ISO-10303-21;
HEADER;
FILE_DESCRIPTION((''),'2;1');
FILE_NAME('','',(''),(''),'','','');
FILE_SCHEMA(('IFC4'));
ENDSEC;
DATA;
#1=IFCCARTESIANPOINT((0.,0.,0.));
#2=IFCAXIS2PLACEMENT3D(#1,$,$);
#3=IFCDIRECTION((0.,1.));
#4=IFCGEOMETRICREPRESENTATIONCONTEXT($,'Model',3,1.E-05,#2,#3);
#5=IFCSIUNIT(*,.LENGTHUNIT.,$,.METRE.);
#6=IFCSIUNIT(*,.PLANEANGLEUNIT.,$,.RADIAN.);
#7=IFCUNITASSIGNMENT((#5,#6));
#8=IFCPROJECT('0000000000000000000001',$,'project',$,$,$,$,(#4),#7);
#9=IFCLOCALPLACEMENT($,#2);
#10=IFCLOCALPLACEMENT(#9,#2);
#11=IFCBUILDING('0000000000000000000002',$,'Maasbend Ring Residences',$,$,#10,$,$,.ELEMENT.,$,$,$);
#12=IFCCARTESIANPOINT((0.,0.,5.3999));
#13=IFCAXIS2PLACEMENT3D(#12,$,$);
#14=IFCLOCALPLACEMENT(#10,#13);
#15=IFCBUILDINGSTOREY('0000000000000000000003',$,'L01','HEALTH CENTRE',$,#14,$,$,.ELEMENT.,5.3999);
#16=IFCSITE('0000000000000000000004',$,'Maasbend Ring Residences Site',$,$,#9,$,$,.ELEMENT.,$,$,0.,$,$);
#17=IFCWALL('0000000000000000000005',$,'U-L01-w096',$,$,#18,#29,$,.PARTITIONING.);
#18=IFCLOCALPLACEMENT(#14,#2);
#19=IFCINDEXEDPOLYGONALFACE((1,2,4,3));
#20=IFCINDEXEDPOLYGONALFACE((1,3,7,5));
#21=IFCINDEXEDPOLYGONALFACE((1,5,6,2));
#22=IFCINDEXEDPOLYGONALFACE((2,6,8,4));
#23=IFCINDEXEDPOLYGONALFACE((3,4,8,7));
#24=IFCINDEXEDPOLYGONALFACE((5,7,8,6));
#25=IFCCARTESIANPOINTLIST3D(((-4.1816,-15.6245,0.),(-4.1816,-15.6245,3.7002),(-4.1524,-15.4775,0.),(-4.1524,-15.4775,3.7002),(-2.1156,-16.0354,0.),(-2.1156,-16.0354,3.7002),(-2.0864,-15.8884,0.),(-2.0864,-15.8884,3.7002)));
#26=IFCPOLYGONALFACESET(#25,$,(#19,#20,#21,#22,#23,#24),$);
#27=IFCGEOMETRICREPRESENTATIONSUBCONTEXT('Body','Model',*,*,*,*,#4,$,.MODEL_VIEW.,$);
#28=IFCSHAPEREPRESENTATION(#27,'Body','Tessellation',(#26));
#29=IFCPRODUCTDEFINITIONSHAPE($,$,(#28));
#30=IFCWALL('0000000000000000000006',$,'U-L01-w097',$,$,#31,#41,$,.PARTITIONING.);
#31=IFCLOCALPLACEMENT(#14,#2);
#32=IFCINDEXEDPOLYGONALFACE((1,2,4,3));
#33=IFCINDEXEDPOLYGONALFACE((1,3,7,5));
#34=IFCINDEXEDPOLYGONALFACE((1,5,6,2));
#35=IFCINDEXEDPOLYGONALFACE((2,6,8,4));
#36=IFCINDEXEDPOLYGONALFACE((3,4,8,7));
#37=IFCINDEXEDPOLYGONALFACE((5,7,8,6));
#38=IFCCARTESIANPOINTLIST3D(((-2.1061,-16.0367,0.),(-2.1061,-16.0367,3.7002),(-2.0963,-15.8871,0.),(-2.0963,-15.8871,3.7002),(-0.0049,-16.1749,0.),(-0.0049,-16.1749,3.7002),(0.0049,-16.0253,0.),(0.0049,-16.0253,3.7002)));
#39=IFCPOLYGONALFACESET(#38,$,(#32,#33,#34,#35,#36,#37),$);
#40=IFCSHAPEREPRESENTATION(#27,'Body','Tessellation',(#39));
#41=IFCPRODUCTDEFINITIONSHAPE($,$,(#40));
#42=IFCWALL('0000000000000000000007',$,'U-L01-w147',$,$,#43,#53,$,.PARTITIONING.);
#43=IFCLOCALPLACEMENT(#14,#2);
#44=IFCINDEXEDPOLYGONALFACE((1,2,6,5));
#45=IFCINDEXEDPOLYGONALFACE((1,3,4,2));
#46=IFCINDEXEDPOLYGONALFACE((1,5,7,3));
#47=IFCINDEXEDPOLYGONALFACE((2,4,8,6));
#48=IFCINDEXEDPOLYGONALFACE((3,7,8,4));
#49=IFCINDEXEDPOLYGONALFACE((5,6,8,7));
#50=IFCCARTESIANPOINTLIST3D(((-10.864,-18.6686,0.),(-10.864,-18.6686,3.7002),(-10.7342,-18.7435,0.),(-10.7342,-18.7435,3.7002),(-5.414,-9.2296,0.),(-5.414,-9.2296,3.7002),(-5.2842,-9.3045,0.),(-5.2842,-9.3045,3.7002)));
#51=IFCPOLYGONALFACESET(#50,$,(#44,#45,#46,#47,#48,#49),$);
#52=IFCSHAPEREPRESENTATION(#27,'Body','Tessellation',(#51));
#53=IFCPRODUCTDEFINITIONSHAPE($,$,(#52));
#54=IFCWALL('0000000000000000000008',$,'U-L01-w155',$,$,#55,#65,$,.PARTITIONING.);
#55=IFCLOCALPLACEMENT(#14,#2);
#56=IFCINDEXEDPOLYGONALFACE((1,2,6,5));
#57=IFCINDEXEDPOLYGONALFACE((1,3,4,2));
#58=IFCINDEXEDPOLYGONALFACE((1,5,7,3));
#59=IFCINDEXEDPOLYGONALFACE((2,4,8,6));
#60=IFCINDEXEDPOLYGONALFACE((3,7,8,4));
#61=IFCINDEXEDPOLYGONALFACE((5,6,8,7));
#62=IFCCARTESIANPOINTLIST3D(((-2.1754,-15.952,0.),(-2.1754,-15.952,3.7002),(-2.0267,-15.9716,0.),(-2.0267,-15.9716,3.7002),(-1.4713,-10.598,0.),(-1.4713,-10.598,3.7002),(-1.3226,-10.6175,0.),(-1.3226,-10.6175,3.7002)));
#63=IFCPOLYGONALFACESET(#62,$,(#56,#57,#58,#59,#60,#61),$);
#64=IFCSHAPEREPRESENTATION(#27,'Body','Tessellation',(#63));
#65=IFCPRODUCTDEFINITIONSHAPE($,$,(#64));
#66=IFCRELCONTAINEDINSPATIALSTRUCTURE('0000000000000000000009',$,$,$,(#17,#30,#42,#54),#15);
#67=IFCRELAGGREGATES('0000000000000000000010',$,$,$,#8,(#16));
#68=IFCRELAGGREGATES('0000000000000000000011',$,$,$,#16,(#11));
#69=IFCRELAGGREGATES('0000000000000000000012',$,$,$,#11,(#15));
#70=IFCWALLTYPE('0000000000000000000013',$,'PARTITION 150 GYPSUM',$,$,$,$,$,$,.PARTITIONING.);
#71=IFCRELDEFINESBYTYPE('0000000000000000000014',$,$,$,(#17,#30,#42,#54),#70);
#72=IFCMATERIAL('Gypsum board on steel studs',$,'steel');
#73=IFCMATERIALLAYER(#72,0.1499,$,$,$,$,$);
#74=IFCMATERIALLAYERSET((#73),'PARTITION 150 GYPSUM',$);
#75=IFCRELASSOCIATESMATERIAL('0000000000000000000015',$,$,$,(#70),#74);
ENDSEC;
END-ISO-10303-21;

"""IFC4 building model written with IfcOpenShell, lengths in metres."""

from ifc_helpers import new_model, si_unit, direction, frame, frame_2d, origin, place, context, subcontext, project, spatial, rectangle, extrude, material, layer, layer_set, type_object, element, save


model = new_model("IFC4")

# Units and contexts
model_context = context("Model", 3, precision=1e-05, world=origin(), true_north=direction((0.0, 1.0)))
body_context = subcontext(model_context, "Body", "Model", "MODEL_VIEW")
ifc_project = project(units=[si_unit("LENGTHUNIT", "METRE"), si_unit("PLANEANGLEUNIT", "RADIAN")], contexts=[model_context])

# Site, building, storey
site_placement = place(None, origin())
site = spatial("IfcSite", under=ifc_project, at=site_placement, Name="Maasbend Ring Residences Site", CompositionType="ELEMENT", RefElevation=0.0)
building_placement = place(site_placement, origin())
building = spatial("IfcBuilding", under=site, at=building_placement, Name="Maasbend Ring Residences", CompositionType="ELEMENT")
storey_placement = place(building_placement, frame((0.0, 0.0, 5.3999)))
storey = spatial("IfcBuildingStorey", under=building, at=storey_placement, Name="L01", Description="HEALTH CENTRE", CompositionType="ELEMENT", Elevation=5.3999)

# Walls
ifc_material_1 = material(Name="Gypsum board on steel studs", Category="steel")
ifc_layer_1 = layer(ifc_material_1, 0.1499)
ifc_layer_set_1 = layer_set([ifc_layer_1], Name="PARTITION 150 GYPSUM")
wall_type_1 = type_object("IfcWallType", Name="PARTITION 150 GYPSUM", PredefinedType="PARTITIONING", material=ifc_layer_set_1)
wall_1_placement = place(storey_placement, frame((-4.167, -15.551, 0.0), z_axis=(0.0, 0.0, 1.0), x_axis=(0.98079, -0.195068, 0.0)))
element("IfcWall", 1, at=wall_1_placement, inside=storey, type_object=wall_type_1, Name="U-L01-w096", PredefinedType="PARTITIONING", context=body_context, shape_type="SweptSolid", body=[
    extrude(rectangle(XDim=2.1064, YDim=0.1499, at=frame_2d((1.0532, 0.0))), origin(), (0.0, 0.0, 1.0), 3.7002),
])
wall_2_placement = place(storey_placement, frame((-2.1011, -15.9619, 0.0), z_axis=(0.0, 0.0, 1.0), x_axis=(0.997844, -0.065626, 0.0)))
element("IfcWall", 2, at=wall_2_placement, inside=storey, type_object=wall_type_1, Name="U-L01-w097", PredefinedType="PARTITIONING", context=body_context, shape_type="SweptSolid", body=[
    extrude(rectangle(XDim=2.1057, YDim=0.1499, at=frame_2d((1.0527, 0.0))), origin(), (0.0, 0.0, 1.0), 3.7002),
])
wall_3_placement = place(storey_placement, frame((-10.7991, -18.7061, 0.0), z_axis=(0.0, 0.0, 1.0), x_axis=(0.500025, 0.866011, 0.0)))
element("IfcWall", 3, at=wall_3_placement, inside=storey, type_object=wall_type_1, Name="U-L01-w147", PredefinedType="PARTITIONING", context=body_context, shape_type="SweptSolid", body=[
    extrude(rectangle(XDim=10.8994, YDim=0.1499, at=frame_2d((5.4497, 0.0))), origin(), (0.0, 0.0, 1.0), 3.7002),
])
wall_4_placement = place(storey_placement, frame((-2.1011, -15.9619, 0.0), z_axis=(0.0, 0.0, 1.0), x_axis=(0.130387, 0.991463, 0.0)))
element("IfcWall", 4, at=wall_4_placement, inside=storey, type_object=wall_type_1, Name="U-L01-w155", PredefinedType="PARTITIONING", context=body_context, shape_type="SweptSolid", body=[
    extrude(rectangle(XDim=5.4001, YDim=0.1499, at=frame_2d((2.7002, 0.0))), origin(), (0.0, 0.0, 1.0), 3.7002),
])

save(model, "model.ifc")
